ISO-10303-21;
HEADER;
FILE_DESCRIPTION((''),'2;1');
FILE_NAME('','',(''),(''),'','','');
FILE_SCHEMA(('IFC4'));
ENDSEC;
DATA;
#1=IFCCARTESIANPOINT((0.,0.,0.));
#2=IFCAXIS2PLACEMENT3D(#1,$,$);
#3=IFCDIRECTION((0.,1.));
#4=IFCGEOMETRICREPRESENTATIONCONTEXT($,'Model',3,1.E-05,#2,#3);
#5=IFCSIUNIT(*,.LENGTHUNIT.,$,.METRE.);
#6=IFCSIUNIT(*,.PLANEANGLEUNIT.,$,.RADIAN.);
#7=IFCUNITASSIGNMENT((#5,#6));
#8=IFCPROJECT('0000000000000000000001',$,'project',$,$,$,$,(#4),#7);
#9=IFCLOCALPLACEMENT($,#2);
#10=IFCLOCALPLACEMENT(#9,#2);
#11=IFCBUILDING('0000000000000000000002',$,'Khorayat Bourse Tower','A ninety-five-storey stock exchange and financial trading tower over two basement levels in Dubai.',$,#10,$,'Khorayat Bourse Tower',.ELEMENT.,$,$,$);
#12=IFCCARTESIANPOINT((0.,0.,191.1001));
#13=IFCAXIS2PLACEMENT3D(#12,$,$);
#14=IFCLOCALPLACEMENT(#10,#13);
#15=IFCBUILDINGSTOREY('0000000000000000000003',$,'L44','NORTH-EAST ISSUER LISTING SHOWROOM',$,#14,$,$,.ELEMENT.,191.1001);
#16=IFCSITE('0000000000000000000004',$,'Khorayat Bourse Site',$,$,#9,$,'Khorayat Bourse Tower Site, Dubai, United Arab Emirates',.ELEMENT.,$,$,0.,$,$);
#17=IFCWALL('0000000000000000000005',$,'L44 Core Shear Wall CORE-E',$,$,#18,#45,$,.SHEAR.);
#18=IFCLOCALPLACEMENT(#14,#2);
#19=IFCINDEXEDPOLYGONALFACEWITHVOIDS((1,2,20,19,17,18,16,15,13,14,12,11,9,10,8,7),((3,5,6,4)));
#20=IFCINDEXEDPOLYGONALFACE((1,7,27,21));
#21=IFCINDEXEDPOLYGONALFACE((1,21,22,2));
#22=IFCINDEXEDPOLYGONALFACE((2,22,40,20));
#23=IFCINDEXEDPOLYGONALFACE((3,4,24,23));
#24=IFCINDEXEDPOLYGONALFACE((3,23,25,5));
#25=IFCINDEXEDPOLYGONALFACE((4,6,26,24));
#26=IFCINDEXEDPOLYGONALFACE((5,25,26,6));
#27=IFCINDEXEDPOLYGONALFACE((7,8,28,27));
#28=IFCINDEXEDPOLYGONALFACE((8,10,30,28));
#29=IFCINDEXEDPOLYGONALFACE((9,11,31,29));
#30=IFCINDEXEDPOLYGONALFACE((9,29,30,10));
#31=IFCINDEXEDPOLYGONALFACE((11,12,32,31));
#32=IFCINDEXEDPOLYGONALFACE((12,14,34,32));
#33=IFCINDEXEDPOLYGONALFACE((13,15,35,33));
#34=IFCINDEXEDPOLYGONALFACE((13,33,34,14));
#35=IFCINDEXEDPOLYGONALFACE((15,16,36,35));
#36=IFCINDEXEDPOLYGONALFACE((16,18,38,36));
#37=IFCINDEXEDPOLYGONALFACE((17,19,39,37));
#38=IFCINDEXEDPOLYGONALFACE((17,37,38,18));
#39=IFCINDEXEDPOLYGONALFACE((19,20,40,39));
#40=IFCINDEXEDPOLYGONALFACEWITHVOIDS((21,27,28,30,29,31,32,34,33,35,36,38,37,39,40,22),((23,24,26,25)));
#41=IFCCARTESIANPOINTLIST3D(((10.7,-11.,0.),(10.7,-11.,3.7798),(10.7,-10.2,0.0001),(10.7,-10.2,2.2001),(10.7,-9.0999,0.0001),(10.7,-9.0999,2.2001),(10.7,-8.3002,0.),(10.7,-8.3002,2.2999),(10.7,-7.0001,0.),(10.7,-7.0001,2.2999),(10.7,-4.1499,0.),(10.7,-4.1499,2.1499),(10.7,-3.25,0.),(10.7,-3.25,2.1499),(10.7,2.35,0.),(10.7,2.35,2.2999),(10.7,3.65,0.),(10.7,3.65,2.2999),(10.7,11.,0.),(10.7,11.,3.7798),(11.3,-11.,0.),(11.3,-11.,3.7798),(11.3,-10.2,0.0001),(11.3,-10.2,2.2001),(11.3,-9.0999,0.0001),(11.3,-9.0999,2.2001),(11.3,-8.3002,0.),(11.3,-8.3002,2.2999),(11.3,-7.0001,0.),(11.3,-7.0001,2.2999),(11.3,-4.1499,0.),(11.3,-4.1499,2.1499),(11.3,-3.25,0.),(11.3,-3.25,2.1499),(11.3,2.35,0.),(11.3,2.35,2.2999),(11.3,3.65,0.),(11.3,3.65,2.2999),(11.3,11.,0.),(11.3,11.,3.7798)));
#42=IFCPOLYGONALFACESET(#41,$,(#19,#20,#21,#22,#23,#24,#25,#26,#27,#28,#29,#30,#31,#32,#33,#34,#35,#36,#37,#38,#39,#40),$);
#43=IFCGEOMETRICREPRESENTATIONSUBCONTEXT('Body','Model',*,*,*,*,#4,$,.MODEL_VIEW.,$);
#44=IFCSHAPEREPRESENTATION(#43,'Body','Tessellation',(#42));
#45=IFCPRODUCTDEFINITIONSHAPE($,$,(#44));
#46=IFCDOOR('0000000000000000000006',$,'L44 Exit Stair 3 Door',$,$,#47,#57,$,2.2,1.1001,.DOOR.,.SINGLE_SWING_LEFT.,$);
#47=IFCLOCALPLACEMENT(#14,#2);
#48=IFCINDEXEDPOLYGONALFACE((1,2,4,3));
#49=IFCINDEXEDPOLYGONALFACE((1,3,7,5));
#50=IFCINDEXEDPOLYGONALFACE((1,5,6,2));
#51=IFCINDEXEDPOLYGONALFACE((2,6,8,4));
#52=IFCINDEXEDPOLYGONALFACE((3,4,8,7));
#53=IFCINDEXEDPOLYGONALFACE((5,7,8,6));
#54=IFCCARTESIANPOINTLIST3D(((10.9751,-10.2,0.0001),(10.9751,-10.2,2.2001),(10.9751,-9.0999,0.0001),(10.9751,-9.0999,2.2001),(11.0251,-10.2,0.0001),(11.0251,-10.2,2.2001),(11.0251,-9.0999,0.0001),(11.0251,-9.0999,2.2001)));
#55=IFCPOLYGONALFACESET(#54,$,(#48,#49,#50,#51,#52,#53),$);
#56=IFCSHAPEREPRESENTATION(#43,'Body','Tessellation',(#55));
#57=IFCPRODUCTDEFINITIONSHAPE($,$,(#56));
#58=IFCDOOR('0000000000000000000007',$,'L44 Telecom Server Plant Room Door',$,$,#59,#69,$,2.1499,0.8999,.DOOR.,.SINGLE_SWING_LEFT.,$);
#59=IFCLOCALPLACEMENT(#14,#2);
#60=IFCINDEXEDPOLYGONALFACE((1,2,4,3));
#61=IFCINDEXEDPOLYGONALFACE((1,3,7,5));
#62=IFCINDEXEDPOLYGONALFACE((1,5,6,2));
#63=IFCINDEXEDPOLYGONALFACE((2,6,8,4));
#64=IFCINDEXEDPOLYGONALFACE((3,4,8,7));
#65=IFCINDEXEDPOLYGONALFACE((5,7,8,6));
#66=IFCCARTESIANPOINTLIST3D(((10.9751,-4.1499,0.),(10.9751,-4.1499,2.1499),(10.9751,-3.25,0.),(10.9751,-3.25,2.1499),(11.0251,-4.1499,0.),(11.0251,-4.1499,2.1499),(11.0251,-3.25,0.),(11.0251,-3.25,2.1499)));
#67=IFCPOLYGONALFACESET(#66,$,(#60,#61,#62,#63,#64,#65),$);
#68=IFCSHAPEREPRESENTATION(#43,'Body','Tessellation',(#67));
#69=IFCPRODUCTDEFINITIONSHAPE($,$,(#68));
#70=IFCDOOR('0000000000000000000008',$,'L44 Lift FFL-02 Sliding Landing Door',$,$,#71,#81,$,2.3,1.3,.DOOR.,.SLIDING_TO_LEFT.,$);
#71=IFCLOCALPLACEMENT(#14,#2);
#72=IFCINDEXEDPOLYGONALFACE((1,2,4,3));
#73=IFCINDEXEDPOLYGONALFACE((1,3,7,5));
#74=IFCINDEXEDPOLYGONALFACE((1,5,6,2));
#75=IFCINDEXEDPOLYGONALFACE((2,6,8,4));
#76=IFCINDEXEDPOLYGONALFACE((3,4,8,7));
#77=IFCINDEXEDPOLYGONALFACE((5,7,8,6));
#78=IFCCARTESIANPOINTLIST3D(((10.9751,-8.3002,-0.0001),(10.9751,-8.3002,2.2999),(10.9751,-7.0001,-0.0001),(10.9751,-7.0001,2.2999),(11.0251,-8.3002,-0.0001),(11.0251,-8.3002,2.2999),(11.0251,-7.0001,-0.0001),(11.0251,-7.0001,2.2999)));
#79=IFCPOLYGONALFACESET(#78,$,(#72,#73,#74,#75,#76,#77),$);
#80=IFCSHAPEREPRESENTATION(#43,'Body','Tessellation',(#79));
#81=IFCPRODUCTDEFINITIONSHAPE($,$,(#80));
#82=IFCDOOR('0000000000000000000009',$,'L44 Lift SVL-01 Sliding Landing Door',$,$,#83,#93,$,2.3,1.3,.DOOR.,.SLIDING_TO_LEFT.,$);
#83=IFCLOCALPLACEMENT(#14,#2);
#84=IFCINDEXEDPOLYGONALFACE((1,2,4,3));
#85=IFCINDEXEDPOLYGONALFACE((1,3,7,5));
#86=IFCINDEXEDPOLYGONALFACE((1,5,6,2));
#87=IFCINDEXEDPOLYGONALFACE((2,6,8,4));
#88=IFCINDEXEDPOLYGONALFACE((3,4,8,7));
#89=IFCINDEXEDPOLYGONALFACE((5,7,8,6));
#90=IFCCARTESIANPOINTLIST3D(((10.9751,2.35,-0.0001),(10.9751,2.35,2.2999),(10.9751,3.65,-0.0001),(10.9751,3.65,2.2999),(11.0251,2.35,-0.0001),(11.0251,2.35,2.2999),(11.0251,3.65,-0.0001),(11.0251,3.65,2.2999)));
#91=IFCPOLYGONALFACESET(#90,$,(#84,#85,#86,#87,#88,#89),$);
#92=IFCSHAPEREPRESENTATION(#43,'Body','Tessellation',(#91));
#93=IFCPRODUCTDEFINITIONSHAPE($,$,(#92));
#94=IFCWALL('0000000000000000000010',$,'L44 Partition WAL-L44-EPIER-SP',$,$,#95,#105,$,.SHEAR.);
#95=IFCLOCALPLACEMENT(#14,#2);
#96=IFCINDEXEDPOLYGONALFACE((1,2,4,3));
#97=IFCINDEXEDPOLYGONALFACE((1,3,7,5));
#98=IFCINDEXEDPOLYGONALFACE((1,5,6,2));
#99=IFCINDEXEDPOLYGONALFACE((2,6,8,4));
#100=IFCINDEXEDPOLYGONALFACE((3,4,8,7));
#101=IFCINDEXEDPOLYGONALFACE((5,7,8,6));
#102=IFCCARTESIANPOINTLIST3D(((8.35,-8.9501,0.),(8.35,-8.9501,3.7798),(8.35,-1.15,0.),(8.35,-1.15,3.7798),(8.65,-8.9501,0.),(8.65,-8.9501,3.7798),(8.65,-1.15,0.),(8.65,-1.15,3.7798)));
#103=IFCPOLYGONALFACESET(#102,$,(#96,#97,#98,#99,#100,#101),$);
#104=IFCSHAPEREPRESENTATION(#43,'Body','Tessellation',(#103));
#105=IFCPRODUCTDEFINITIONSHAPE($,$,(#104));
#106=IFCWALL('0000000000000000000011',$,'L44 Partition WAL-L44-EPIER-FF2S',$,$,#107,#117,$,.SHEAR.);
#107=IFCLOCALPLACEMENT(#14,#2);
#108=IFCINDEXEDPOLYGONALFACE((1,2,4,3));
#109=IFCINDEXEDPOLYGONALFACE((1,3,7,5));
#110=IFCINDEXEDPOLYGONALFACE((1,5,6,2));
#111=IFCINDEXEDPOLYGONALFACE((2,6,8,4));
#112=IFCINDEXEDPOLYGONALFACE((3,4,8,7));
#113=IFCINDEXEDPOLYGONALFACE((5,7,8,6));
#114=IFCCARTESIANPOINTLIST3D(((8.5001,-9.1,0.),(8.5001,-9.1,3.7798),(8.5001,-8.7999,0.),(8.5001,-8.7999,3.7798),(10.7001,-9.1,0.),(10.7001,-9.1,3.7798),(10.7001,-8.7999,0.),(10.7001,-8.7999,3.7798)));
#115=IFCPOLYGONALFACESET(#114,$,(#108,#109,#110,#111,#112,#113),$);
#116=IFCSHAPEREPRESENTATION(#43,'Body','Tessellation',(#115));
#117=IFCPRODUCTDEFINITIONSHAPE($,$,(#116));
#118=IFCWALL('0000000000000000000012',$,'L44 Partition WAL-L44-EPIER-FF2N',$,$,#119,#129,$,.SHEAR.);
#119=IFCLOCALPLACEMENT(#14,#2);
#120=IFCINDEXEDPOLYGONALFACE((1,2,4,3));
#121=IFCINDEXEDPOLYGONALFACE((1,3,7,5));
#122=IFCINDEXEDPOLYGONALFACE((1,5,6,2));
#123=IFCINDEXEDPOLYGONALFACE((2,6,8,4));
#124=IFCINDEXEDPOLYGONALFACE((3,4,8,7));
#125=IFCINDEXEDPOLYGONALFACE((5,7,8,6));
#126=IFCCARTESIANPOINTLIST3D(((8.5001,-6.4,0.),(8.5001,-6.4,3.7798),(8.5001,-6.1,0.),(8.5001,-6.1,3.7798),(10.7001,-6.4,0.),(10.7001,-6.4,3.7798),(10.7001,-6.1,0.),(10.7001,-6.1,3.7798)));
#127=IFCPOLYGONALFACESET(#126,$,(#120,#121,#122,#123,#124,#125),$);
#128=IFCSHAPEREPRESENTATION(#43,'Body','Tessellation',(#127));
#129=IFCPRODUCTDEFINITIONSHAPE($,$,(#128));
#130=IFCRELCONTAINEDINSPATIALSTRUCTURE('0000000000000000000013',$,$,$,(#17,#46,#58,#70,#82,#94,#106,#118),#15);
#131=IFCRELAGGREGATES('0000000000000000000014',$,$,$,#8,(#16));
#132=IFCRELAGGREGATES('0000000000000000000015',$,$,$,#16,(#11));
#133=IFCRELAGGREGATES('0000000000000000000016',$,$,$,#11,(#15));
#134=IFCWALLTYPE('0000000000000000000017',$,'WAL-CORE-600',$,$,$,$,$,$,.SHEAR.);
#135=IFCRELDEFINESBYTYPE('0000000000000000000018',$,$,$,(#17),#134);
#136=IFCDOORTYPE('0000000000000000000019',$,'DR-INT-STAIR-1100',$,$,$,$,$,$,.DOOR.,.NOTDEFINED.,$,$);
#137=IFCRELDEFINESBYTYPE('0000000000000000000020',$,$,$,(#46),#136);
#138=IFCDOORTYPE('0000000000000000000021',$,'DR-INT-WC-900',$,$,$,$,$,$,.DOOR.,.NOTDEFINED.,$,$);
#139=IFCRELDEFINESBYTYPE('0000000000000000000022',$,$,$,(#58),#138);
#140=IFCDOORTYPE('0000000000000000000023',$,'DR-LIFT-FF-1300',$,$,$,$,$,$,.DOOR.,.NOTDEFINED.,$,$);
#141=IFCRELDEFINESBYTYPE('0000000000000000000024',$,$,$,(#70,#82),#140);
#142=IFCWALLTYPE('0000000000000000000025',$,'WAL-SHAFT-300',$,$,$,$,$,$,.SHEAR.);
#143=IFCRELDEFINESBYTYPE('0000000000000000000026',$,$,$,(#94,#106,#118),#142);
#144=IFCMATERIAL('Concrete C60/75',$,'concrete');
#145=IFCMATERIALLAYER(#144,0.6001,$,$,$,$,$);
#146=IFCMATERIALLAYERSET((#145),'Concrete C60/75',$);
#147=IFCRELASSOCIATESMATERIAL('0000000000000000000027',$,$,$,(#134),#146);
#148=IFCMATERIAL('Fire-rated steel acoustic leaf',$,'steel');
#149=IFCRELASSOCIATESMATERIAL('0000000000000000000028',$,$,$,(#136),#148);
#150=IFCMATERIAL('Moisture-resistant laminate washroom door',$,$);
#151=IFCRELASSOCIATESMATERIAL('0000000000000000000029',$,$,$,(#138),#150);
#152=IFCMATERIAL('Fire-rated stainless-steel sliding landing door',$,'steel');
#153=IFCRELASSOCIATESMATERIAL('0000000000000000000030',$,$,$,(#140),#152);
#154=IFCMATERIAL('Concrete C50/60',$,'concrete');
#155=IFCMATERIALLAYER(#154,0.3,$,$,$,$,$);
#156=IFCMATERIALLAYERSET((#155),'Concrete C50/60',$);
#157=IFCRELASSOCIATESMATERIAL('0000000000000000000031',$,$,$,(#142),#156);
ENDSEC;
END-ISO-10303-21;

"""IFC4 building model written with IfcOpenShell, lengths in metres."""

from ifc_helpers import new_model, si_unit, direction, frame, frame_2d, origin, place, context, subcontext, project, spatial, rectangle, extrude, source, transform, mapped, material, layer, layer_set, type_object, element, fill, save


model = new_model("IFC4")

# Units and contexts
model_context = context("Model", 3, precision=1e-05, world=origin(), true_north=direction((0.0, 1.0)))
body_context = subcontext(model_context, "Body", "Model", "MODEL_VIEW")
ifc_project = project(units=[si_unit("LENGTHUNIT", "METRE"), si_unit("PLANEANGLEUNIT", "RADIAN")], contexts=[model_context])

# Site, building, storey
site_placement = place(None, origin())
site = spatial("IfcSite", under=ifc_project, at=site_placement, Name="Khorayat Bourse Site", LongName="Khorayat Bourse Tower Site, Dubai, United Arab Emirates", CompositionType="ELEMENT", RefElevation=0.0)
building_placement = place(site_placement, origin())
building = spatial("IfcBuilding", under=site, at=building_placement, Name="Khorayat Bourse Tower", Description="A ninety-five-storey stock exchange and financial trading tower over two basement levels in Dubai.", LongName="Khorayat Bourse Tower", CompositionType="ELEMENT")
storey_placement = place(building_placement, frame((0.0, 0.0, 191.1001)))
storey = spatial("IfcBuildingStorey", under=building, at=storey_placement, Name="L44", Description="NORTH-EAST ISSUER LISTING SHOWROOM", CompositionType="ELEMENT", Elevation=191.1001)

# Shared definitions
ifc_material_1 = material(Name="Concrete C60/75", Category="concrete")

# Wall, openings, doors
ifc_layer_1 = layer(ifc_material_1, 0.6001)
ifc_layer_set_1 = layer_set([ifc_layer_1], Name="Concrete C60/75")
wall_type_1 = type_object("IfcWallType", Name="WAL-CORE-600", PredefinedType="SHEAR", material=ifc_layer_set_1)
shared_shape_1 = source(origin(), body_context, "Body", "SweptSolid", [
    extrude(rectangle(XDim=22.0, YDim=0.6001, at=frame_2d((11.0, 0.0))), origin(), (0.0, 0.0, 1.0), 3.7798),
])
wall_1_placement = place(storey_placement, frame((11.0, -11.0, 0.0), z_axis=(0.0, 0.0, 1.0), x_axis=(0.0, 1.0, 0.0)))
wall_1 = element("IfcWall", 1, at=wall_1_placement, inside=storey, type_object=wall_type_1, Name="L44 Core Shear Wall CORE-E", PredefinedType="SHEAR", context=body_context, shape_type="MappedRepresentation", body=[
    mapped(shared_shape_1, transform((0.0, 0.0, 0.0), scale=1.0)),
])
shared_shape_2 = source(origin(), body_context, "Body", "SweptSolid", [
    extrude(rectangle(XDim=1.1001, YDim=2.2, at=frame_2d((0.55, 1.1001))), frame((0.0, 0.3101, 0.0), z_axis=(0.0, -1.0, 0.0), x_axis=(1.0, 0.0, 0.0)), (0.0, 0.0, 1.0), 0.6201),
])
opening_1_placement = place(wall_1_placement, frame((0.8, 0.0, 0.0)))
opening_1 = element("IfcOpeningElement", 2, at=opening_1_placement, cuts=wall_1, PredefinedType="OPENING", context=body_context, shape_type="MappedRepresentation", body=[
    mapped(shared_shape_2, transform((0.0, 0.0, 0.0), scale=1.0)),
])
shared_shape_3 = source(origin(), body_context, "Body", "SweptSolid", [
    extrude(rectangle(XDim=0.8999, YDim=2.1499, at=frame_2d((0.45, 1.075))), frame((0.0, 0.3101, 0.0), z_axis=(0.0, -1.0, 0.0), x_axis=(1.0, 0.0, 0.0)), (0.0, 0.0, 1.0), 0.6201),
])
opening_2_placement = place(wall_1_placement, frame((6.8501, 0.0, 0.0)))
opening_2 = element("IfcOpeningElement", 3, at=opening_2_placement, cuts=wall_1, PredefinedType="OPENING", context=body_context, shape_type="MappedRepresentation", body=[
    mapped(shared_shape_3, transform((0.0, 0.0, 0.0), scale=1.0)),
])
shared_shape_4 = source(origin(), body_context, "Body", "SweptSolid", [
    extrude(rectangle(XDim=1.3, YDim=2.3, at=frame_2d((0.6499, 1.1499))), frame((0.0, 0.3101, 0.0), z_axis=(0.0, -1.0, 0.0), x_axis=(1.0, 0.0, 0.0)), (0.0, 0.0, 1.0), 0.6201),
])
opening_3_placement = place(wall_1_placement, frame((2.7, 0.0, 0.0)))
opening_3 = element("IfcOpeningElement", 4, at=opening_3_placement, cuts=wall_1, PredefinedType="OPENING", context=body_context, shape_type="MappedRepresentation", body=[
    mapped(shared_shape_4, transform((0.0, 0.0, 0.0), scale=1.0)),
])
opening_4_placement = place(wall_1_placement, frame((13.3501, 0.0, 0.0)))
opening_4 = element("IfcOpeningElement", 5, at=opening_4_placement, cuts=wall_1, PredefinedType="OPENING", context=body_context, shape_type="MappedRepresentation", body=[
    mapped(shared_shape_4, transform((0.0, 0.0, 0.0), scale=1.0)),
])
ifc_material_2 = material(Name="Fire-rated steel acoustic leaf", Category="steel")
door_type_1 = type_object("IfcDoorType", Name="DR-INT-STAIR-1100", OperationType="NOTDEFINED", PredefinedType="DOOR", material=ifc_material_2)
shared_shape_5 = source(origin(), body_context, "Body", "SweptSolid", [
    extrude(rectangle(XDim=1.1001, YDim=2.2, at=frame_2d((0.55, 1.1001))), frame((0.0, 0.0249, 0.0), z_axis=(0.0, -1.0, 0.0), x_axis=(1.0, 0.0, 0.0)), (0.0, 0.0, 1.0), 0.05),
])
door_1_placement = place(opening_1_placement, origin())
door_1 = element("IfcDoor", 6, at=door_1_placement, inside=storey, type_object=door_type_1, Name="L44 Exit Stair 3 Door", OperationType="SINGLE_SWING_LEFT", OverallHeight=2.2, OverallWidth=1.1001, PredefinedType="DOOR", context=body_context, shape_type="MappedRepresentation", body=[
    mapped(shared_shape_5, transform((0.0, 0.0, 0.0), scale=1.0)),
])
fill(opening_1, door_1)
ifc_material_3 = material(Name="Moisture-resistant laminate washroom door")
door_type_2 = type_object("IfcDoorType", Name="DR-INT-WC-900", OperationType="NOTDEFINED", PredefinedType="DOOR", material=ifc_material_3)
shared_shape_6 = source(origin(), body_context, "Body", "SweptSolid", [
    extrude(rectangle(XDim=0.8999, YDim=2.1499, at=frame_2d((0.45, 1.075))), frame((0.0, 0.0249, 0.0), z_axis=(0.0, -1.0, 0.0), x_axis=(1.0, 0.0, 0.0)), (0.0, 0.0, 1.0), 0.05),
])
door_2_placement = place(opening_2_placement, origin())
door_2 = element("IfcDoor", 7, at=door_2_placement, inside=storey, type_object=door_type_2, Name="L44 Telecom Server Plant Room Door", OperationType="SINGLE_SWING_LEFT", OverallHeight=2.1499, OverallWidth=0.8999, PredefinedType="DOOR", context=body_context, shape_type="MappedRepresentation", body=[
    mapped(shared_shape_6, transform((0.0, 0.0, 0.0), scale=1.0)),
])
fill(opening_2, door_2)
ifc_material_4 = material(Name="Fire-rated stainless-steel sliding landing door", Category="steel")
door_type_3 = type_object("IfcDoorType", Name="DR-LIFT-FF-1300", OperationType="NOTDEFINED", PredefinedType="DOOR", material=ifc_material_4)
shared_shape_7 = source(origin(), body_context, "Body", "SweptSolid", [
    extrude(rectangle(XDim=1.3, YDim=2.3, at=frame_2d((0.6499, 1.1499))), frame((0.0, 0.0249, 0.0), z_axis=(0.0, -1.0, 0.0), x_axis=(1.0, 0.0, 0.0)), (0.0, 0.0, 1.0), 0.05),
])
door_3_placement = place(opening_3_placement, origin())
door_3 = element("IfcDoor", 8, at=door_3_placement, inside=storey, type_object=door_type_3, Name="L44 Lift FFL-02 Sliding Landing Door", OperationType="SLIDING_TO_LEFT", OverallHeight=2.3, OverallWidth=1.3, PredefinedType="DOOR", context=body_context, shape_type="MappedRepresentation", body=[
    mapped(shared_shape_7, transform((0.0, 0.0, 0.0), scale=1.0)),
])
fill(opening_3, door_3)
door_4_placement = place(opening_4_placement, origin())
door_4 = element("IfcDoor", 9, at=door_4_placement, inside=storey, type_object=door_type_3, Name="L44 Lift SVL-01 Sliding Landing Door", OperationType="SLIDING_TO_LEFT", OverallHeight=2.3, OverallWidth=1.3, PredefinedType="DOOR", context=body_context, shape_type="MappedRepresentation", body=[
    mapped(shared_shape_7, transform((0.0, 0.0, 0.0), scale=1.0)),
])
fill(opening_4, door_4)

# Walls
ifc_material_5 = material(Name="Concrete C50/60", Category="concrete")
ifc_layer_2 = layer(ifc_material_5, 0.3)
ifc_layer_set_2 = layer_set([ifc_layer_2], Name="Concrete C50/60")
wall_type_2 = type_object("IfcWallType", Name="WAL-SHAFT-300", PredefinedType="SHEAR", material=ifc_layer_set_2)
shared_shape_8 = source(origin(), body_context, "Body", "SweptSolid", [
    extrude(rectangle(XDim=7.8, YDim=0.3, at=frame_2d((3.8999, 0.0))), origin(), (0.0, 0.0, 1.0), 3.7798),
])
wall_2_placement = place(storey_placement, frame((8.5, -8.95, 0.0), z_axis=(0.0, 0.0, 1.0), x_axis=(0.0, 1.0, 0.0)))
element("IfcWall", 10, at=wall_2_placement, inside=storey, type_object=wall_type_2, Name="L44 Partition WAL-L44-EPIER-SP", PredefinedType="SHEAR", context=body_context, shape_type="MappedRepresentation", body=[
    mapped(shared_shape_8, transform((0.0, 0.0, 0.0), scale=1.0)),
])
shared_shape_9 = source(origin(), body_context, "Body", "SweptSolid", [
    extrude(rectangle(XDim=2.2, YDim=0.3, at=frame_2d((1.1001, 0.0))), origin(), (0.0, 0.0, 1.0), 3.7798),
])
for number, where, z_axis, x_axis, name in (
    (11, (8.5, -8.95, 0.0), (0.0, 0.0, 1.0), (1.0, 0.0, 0.0), "L44 Partition WAL-L44-EPIER-FF2S"),
    (12, (8.5, -6.25, 0.0), (0.0, 0.0, 1.0), (1.0, 0.0, 0.0), "L44 Partition WAL-L44-EPIER-FF2N"),
):
    element("IfcWall", number, at=place(storey_placement, frame(where, z_axis=z_axis, x_axis=x_axis)), inside=storey, type_object=wall_type_2, Name=name, PredefinedType="SHEAR", context=body_context, shape_type="MappedRepresentation", body=[
        mapped(shared_shape_9, transform((0.0, 0.0, 0.0), scale=1.0)),
    ])

save(model, "model.ifc")
